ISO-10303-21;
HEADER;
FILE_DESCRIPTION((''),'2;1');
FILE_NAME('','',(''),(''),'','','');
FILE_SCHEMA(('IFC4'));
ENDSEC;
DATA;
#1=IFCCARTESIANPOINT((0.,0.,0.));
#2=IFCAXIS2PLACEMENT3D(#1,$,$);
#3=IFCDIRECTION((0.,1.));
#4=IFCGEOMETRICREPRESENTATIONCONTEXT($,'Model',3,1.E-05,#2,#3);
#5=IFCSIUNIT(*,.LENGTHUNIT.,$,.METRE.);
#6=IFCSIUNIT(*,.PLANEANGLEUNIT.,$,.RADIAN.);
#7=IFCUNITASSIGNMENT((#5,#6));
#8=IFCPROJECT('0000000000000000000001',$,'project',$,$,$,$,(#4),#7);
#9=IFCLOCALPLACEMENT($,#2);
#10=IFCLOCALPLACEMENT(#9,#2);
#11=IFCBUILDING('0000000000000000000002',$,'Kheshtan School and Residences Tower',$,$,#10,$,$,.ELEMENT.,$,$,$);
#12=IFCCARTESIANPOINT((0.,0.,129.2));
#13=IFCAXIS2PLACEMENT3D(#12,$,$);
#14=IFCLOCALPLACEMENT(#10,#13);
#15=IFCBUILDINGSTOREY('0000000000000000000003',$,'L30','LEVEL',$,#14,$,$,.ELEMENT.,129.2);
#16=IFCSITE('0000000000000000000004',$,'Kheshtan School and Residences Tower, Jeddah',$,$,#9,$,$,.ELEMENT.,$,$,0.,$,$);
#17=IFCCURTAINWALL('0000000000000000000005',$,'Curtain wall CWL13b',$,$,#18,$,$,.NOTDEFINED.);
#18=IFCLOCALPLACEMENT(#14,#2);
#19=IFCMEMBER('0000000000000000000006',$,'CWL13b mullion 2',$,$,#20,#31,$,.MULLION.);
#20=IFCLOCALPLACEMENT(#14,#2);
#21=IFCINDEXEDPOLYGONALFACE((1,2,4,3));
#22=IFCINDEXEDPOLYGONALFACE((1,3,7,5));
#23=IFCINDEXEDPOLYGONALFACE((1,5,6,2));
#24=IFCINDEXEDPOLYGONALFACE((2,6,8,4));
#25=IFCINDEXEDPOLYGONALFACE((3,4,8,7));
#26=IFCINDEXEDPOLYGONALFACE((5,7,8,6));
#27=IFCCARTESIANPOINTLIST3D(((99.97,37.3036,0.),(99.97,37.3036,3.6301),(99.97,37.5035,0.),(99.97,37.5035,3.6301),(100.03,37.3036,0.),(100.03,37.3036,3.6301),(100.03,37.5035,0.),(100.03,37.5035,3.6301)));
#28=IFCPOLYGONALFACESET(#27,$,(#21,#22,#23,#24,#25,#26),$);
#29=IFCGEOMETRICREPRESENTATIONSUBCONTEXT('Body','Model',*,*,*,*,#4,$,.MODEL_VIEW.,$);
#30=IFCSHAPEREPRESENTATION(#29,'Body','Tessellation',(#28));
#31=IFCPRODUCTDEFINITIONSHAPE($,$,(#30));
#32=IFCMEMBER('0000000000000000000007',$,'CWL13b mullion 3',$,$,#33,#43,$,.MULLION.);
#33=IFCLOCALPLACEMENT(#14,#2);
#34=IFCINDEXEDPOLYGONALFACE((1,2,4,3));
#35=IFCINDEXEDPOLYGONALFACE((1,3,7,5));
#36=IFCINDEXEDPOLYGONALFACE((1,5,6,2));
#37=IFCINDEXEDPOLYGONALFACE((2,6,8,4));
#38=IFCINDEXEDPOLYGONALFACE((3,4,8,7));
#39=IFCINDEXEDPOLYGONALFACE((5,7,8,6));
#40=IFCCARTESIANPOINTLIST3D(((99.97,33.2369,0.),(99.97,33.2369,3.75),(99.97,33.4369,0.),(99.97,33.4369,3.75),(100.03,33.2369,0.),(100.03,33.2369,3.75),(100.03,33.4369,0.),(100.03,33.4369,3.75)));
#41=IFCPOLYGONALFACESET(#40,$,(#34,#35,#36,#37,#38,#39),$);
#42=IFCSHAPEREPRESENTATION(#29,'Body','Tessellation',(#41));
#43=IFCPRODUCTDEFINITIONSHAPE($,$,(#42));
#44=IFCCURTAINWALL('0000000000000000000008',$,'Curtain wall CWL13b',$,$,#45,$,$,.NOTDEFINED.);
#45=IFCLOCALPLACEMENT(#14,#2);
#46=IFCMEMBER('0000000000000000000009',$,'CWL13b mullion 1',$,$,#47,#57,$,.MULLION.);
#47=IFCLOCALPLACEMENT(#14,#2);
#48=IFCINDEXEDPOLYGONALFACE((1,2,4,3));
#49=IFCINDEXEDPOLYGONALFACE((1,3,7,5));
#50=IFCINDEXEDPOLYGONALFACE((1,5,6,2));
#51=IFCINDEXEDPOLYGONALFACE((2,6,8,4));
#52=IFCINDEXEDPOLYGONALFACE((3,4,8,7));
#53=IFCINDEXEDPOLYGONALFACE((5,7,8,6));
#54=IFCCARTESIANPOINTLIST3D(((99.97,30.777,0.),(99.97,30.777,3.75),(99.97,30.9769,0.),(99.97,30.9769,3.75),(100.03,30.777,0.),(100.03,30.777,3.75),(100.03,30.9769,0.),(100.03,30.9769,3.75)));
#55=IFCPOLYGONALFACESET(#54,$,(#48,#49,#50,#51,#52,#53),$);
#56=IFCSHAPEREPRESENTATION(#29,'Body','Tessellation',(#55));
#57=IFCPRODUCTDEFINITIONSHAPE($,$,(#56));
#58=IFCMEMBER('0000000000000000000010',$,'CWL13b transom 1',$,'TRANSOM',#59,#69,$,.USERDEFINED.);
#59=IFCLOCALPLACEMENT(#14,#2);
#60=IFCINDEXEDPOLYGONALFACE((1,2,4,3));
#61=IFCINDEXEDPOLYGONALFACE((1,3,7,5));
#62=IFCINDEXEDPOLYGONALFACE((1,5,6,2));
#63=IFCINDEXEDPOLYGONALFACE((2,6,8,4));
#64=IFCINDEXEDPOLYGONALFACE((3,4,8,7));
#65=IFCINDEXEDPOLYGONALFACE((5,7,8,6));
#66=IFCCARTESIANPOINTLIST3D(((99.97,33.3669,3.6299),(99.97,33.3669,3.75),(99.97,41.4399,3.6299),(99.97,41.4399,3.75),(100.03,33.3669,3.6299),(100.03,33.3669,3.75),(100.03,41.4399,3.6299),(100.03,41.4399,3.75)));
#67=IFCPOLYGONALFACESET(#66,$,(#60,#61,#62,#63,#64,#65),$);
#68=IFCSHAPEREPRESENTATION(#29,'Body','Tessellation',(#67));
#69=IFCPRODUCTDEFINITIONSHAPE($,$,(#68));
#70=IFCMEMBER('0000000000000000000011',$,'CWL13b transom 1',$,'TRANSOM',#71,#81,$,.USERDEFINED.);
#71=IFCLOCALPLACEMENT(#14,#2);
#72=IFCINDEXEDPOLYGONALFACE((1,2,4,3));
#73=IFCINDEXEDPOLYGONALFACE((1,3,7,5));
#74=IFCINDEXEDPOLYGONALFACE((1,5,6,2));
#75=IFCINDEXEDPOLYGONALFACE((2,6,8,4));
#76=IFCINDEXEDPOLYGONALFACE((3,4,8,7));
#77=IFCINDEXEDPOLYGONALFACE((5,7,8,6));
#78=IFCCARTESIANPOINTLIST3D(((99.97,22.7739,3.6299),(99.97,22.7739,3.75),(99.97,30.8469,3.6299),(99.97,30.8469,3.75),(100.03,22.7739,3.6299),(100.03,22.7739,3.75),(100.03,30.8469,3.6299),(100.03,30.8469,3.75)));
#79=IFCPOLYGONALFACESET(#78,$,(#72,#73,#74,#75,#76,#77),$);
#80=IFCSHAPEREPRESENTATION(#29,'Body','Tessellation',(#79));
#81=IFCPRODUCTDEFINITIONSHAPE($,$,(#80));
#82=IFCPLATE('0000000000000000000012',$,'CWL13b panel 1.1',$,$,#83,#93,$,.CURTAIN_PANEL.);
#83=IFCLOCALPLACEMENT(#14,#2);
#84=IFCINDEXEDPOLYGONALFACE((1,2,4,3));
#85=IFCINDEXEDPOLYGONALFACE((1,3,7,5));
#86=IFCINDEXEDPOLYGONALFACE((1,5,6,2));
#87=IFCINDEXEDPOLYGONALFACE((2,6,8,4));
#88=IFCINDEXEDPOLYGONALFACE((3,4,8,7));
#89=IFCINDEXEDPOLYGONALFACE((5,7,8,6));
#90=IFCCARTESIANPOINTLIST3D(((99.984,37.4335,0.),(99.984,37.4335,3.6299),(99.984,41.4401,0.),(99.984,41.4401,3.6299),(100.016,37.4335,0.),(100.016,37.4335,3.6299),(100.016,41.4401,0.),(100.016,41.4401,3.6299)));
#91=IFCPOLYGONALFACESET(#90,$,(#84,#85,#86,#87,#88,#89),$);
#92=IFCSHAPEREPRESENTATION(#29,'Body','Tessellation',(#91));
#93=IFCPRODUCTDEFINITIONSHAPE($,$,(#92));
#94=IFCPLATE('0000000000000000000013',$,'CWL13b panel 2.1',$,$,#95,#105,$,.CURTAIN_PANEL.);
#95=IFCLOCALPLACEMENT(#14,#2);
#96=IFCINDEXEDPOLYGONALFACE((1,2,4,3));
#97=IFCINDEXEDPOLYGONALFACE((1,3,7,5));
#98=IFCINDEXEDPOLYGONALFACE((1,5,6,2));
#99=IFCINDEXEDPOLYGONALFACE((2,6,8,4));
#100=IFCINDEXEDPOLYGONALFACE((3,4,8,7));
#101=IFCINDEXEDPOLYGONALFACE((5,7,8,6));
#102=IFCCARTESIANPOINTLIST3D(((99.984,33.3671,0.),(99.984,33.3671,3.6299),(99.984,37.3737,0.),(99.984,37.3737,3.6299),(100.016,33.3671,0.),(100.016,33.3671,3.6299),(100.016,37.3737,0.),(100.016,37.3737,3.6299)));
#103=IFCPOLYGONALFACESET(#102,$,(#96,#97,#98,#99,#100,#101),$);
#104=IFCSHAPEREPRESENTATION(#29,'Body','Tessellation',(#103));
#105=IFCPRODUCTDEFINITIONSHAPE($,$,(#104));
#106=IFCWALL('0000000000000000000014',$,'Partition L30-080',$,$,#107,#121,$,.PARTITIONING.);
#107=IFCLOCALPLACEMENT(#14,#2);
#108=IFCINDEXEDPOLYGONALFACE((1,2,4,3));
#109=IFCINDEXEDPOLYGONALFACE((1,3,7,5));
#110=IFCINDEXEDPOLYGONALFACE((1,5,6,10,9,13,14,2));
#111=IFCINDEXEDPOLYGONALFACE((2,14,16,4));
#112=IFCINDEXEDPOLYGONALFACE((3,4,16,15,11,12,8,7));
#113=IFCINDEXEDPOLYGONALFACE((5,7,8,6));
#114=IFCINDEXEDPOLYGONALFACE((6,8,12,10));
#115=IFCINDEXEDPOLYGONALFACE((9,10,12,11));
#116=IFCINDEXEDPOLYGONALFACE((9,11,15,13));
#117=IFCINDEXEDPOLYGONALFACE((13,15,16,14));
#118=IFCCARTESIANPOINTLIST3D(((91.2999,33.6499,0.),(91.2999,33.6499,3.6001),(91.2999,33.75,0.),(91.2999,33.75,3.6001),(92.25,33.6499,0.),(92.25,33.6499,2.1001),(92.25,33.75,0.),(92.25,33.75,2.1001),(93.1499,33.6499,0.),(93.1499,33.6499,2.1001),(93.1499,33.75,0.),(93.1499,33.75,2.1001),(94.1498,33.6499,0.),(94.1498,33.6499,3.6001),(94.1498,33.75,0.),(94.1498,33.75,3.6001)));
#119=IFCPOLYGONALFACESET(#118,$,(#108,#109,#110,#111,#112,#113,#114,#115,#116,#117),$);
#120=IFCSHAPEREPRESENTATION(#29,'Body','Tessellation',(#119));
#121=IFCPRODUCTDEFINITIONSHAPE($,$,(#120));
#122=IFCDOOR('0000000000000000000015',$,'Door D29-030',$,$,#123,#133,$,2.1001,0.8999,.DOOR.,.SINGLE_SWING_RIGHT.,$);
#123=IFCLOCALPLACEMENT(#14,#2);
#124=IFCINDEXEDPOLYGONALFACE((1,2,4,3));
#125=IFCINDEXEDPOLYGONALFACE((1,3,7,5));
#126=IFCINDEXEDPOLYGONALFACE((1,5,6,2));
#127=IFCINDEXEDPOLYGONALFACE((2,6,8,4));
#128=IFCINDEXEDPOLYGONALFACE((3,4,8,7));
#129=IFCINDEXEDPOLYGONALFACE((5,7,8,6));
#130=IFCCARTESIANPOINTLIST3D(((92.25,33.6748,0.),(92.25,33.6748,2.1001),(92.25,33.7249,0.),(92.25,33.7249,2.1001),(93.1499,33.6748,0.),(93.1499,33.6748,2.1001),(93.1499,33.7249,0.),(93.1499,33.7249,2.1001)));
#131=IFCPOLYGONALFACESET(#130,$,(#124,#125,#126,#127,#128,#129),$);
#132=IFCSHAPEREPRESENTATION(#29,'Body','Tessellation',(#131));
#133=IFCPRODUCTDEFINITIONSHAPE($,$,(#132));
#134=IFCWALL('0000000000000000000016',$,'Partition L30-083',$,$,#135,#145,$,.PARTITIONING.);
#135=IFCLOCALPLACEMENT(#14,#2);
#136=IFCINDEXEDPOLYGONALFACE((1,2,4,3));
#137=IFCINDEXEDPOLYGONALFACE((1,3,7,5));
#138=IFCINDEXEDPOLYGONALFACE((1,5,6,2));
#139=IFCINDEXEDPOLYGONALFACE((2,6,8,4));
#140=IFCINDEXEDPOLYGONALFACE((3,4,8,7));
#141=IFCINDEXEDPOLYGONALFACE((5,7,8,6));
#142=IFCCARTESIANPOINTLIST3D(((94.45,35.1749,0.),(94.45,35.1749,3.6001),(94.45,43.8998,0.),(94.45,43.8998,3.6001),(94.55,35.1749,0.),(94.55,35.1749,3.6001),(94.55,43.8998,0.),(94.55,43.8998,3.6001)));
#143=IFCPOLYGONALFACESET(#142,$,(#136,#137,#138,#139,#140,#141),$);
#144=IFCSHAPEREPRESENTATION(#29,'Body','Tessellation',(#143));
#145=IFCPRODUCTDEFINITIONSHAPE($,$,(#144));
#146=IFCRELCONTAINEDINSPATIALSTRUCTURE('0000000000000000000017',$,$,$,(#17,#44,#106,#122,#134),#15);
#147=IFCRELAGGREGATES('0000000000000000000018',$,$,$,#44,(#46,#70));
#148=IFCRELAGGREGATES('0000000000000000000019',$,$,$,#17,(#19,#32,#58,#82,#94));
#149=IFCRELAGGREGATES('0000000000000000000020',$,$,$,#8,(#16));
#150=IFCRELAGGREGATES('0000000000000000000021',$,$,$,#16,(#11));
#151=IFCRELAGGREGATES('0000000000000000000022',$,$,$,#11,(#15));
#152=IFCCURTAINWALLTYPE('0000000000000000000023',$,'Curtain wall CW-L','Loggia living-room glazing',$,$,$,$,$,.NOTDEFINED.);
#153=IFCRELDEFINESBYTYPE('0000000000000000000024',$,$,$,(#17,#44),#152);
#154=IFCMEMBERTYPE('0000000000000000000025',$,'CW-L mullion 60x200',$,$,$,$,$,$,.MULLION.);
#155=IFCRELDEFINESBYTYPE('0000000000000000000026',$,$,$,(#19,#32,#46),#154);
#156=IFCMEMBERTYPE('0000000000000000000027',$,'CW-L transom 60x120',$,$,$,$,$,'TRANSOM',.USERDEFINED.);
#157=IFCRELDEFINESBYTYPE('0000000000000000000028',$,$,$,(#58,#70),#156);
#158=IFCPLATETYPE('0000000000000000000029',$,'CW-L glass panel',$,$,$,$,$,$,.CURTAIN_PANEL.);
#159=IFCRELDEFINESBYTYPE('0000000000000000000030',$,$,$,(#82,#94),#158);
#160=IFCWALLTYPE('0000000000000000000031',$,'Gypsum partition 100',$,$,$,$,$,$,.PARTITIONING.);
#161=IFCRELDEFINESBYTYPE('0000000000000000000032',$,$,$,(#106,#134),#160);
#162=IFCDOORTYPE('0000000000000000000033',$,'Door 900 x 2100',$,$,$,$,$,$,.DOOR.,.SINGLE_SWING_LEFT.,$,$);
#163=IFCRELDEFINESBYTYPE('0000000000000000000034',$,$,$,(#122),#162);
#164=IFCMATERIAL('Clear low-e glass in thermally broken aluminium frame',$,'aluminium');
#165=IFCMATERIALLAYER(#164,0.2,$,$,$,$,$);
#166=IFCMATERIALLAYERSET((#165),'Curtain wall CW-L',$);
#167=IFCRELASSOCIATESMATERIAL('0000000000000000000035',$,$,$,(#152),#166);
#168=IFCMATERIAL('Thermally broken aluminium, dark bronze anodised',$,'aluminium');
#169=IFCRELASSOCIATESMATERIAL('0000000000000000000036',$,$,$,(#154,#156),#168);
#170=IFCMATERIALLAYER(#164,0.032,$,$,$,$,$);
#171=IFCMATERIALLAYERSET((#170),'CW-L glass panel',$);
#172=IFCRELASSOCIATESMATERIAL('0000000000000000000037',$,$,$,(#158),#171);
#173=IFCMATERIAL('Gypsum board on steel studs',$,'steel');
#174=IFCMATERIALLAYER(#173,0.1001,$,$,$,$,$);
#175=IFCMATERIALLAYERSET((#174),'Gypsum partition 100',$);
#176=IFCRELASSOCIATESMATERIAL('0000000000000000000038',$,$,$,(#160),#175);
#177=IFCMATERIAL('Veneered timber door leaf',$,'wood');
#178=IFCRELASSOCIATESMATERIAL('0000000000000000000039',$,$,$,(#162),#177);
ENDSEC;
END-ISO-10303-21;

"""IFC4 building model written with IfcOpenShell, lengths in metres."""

from ifc_helpers import new_model, si_unit, direction, frame, frame_2d, origin, origin_2d, place, context, subcontext, project, spatial, rectangle, extrude, source, transform, mapped, material, layer, layer_set, material_profile, profile_set, type_object, element, fill, aggregate, save


model = new_model("IFC4")

# Units and contexts
model_context = context("Model", 3, precision=1e-05, world=origin(), true_north=direction((0.0, 1.0)))
body_context = subcontext(model_context, "Body", "Model", "MODEL_VIEW")
ifc_project = project(units=[si_unit("LENGTHUNIT", "METRE"), si_unit("PLANEANGLEUNIT", "RADIAN")], contexts=[model_context])

# Site, building, storey
site_placement = place(None, origin())
site = spatial("IfcSite", under=ifc_project, at=site_placement, Name="Kheshtan School and Residences Tower, Jeddah", CompositionType="ELEMENT", RefElevation=0.0)
building_placement = place(site_placement, origin())
building = spatial("IfcBuilding", under=site, at=building_placement, Name="Kheshtan School and Residences Tower", CompositionType="ELEMENT")
storey_placement = place(building_placement, frame((0.0, 0.0, 129.2)))
storey = spatial("IfcBuildingStorey", under=building, at=storey_placement, Name="L30", Description="LEVEL", CompositionType="ELEMENT", Elevation=129.2)

# Curtain wall, members
ifc_material_1 = material(Name="Clear low-e glass in thermally broken aluminium frame", Category="aluminium")
ifc_layer_1 = layer(ifc_material_1, 0.2)
ifc_layer_set_1 = layer_set([ifc_layer_1], Name="Curtain wall CW-L")
curtain_wall_type = type_object("IfcCurtainWallType", Name="Curtain wall CW-L", Description="Loggia living-room glazing", PredefinedType="NOTDEFINED", material=ifc_layer_set_1)
curtain_wall_1_placement = place(storey_placement, origin())
curtain_wall_1 = element("IfcCurtainWall", 1, at=curtain_wall_1_placement, inside=storey, type_object=curtain_wall_type, Name="Curtain wall CWL13b", PredefinedType="NOTDEFINED")
ifc_material_2 = material(Name="Thermally broken aluminium, dark bronze anodised", Category="aluminium")
ifc_material_profile_1 = material_profile(ifc_material_2, rectangle(XDim=0.0601, YDim=0.2, at=origin_2d()), Name="CW-L mullion 60x200")
ifc_profile_set_1 = profile_set([ifc_material_profile_1], Name="Thermally broken aluminium, dark bronze anodised")
member_type_1 = type_object("IfcMemberType", Name="CW-L mullion 60x200", PredefinedType="MULLION", material=ifc_profile_set_1)
member_1_placement = place(storey_placement, frame((100.0, 37.4036, 0.0), z_axis=(0.0, 0.0, 1.0), x_axis=(1.0, 0.0, 0.0)))
member_1 = element("IfcMember", 2, at=member_1_placement, type_object=member_type_1, Name="CWL13b mullion 2", PredefinedType="MULLION", context=body_context, shape_type="SweptSolid", body=[
    extrude(rectangle(XDim=0.0601, YDim=0.2, at=origin_2d()), origin(), (0.0, 0.0, 1.0), 3.6301),
])
member_2_placement = place(storey_placement, frame((100.0, 33.3369, 0.0), z_axis=(0.0, 0.0, 1.0), x_axis=(1.0, 0.0, 0.0)))
member_2 = element("IfcMember", 3, at=member_2_placement, type_object=member_type_1, Name="CWL13b mullion 3", PredefinedType="MULLION", context=body_context, shape_type="SweptSolid", body=[
    extrude(rectangle(XDim=0.0601, YDim=0.2, at=origin_2d()), origin(), (0.0, 0.0, 1.0), 3.75),
])

# Curtain wall, member
curtain_wall_2_placement = place(storey_placement, origin())
curtain_wall_2 = element("IfcCurtainWall", 4, at=curtain_wall_2_placement, inside=storey, type_object=curtain_wall_type, Name="Curtain wall CWL13b", PredefinedType="NOTDEFINED")
member_3_placement = place(storey_placement, frame((100.0, 30.877, 0.0), z_axis=(0.0, 0.0, 1.0), x_axis=(1.0, 0.0, 0.0)))
member_3 = element("IfcMember", 5, at=member_3_placement, type_object=member_type_1, Name="CWL13b mullion 1", PredefinedType="MULLION", context=body_context, shape_type="SweptSolid", body=[
    extrude(rectangle(XDim=0.0601, YDim=0.2, at=origin_2d()), origin(), (0.0, 0.0, 1.0), 3.75),
])

# Members
ifc_material_profile_2 = material_profile(ifc_material_2, rectangle(XDim=0.0601, YDim=0.1201, at=origin_2d()), Name="CW-L transom 60x120")
ifc_profile_set_2 = profile_set([ifc_material_profile_2], Name="Thermally broken aluminium, dark bronze anodised")
member_type_2 = type_object("IfcMemberType", Name="CW-L transom 60x120", ElementType="TRANSOM", PredefinedType="USERDEFINED", material=ifc_profile_set_2)
member_4_placement = place(storey_placement, frame((100.0, 41.4399, 3.6899), z_axis=(0.0, -1.0, 0.0), x_axis=(1.0, 0.0, 0.0)))
member_4 = element("IfcMember", 6, at=member_4_placement, type_object=member_type_2, Name="CWL13b transom 1", ObjectType="TRANSOM", PredefinedType="USERDEFINED", context=body_context, shape_type="SweptSolid", body=[
    extrude(rectangle(XDim=0.0601, YDim=0.1201, at=origin_2d()), origin(), (0.0, 0.0, 1.0), 8.073),
])
member_5_placement = place(storey_placement, frame((100.0, 30.8469, 3.6899), z_axis=(0.0, -1.0, 0.0), x_axis=(1.0, 0.0, 0.0)))
member_5 = element("IfcMember", 7, at=member_5_placement, type_object=member_type_2, Name="CWL13b transom 1", ObjectType="TRANSOM", PredefinedType="USERDEFINED", context=body_context, shape_type="SweptSolid", body=[
    extrude(rectangle(XDim=0.0601, YDim=0.1201, at=origin_2d()), origin(), (0.0, 0.0, 1.0), 8.073),
])
aggregate(curtain_wall_2, [member_3, member_5])

# Plates
ifc_layer_2 = layer(ifc_material_1, 0.032)
ifc_layer_set_2 = layer_set([ifc_layer_2], Name="CW-L glass panel")
plate_type = type_object("IfcPlateType", Name="CW-L glass panel", PredefinedType="CURTAIN_PANEL", material=ifc_layer_set_2)
plate_1_placement = place(storey_placement, frame((100.0, 39.4368, 0.0), z_axis=(0.0, 0.0, 1.0), x_axis=(0.0, -1.0, 0.0)))
plate_1 = element("IfcPlate", 8, at=plate_1_placement, type_object=plate_type, Name="CWL13b panel 1.1", PredefinedType="CURTAIN_PANEL", context=body_context, shape_type="SweptSolid", body=[
    extrude(rectangle(XDim=4.0066, YDim=0.032, at=origin_2d()), origin(), (0.0, 0.0, 1.0), 3.6299),
])
plate_2_placement = place(storey_placement, frame((100.0, 35.3704, 0.0), z_axis=(0.0, 0.0, 1.0), x_axis=(0.0, -1.0, 0.0)))
plate_2 = element("IfcPlate", 9, at=plate_2_placement, type_object=plate_type, Name="CWL13b panel 2.1", PredefinedType="CURTAIN_PANEL", context=body_context, shape_type="SweptSolid", body=[
    extrude(rectangle(XDim=4.0066, YDim=0.032, at=origin_2d()), origin(), (0.0, 0.0, 1.0), 3.6299),
])
aggregate(curtain_wall_1, [member_1, member_2, member_4, plate_1, plate_2])

# Wall, opening, door
ifc_material_3 = material(Name="Gypsum board on steel studs", Category="steel")
ifc_layer_3 = layer(ifc_material_3, 0.1001)
ifc_layer_set_3 = layer_set([ifc_layer_3], Name="Gypsum partition 100")
wall_type_1 = type_object("IfcWallType", Name="Gypsum partition 100", PredefinedType="PARTITIONING", material=ifc_layer_set_3)
wall_1_placement = place(storey_placement, frame((91.3, 33.7, 0.0), z_axis=(0.0, 0.0, 1.0), x_axis=(1.0, 0.0, 0.0)))
wall_1 = element("IfcWall", 10, at=wall_1_placement, inside=storey, type_object=wall_type_1, Name="Partition L30-080", PredefinedType="PARTITIONING", context=body_context, shape_type="SweptSolid", body=[
    extrude(rectangle(XDim=2.8499, YDim=0.1001, at=frame_2d((1.4248, 0.0))), origin(), (0.0, 0.0, 1.0), 3.6001),
])
opening_1_placement = place(wall_1_placement, frame((0.95, 0.0, 0.0)))
opening_1 = element("IfcOpeningElement", 11, at=opening_1_placement, cuts=wall_1, PredefinedType="OPENING", context=body_context, shape_type="SweptSolid", body=[
    extrude(rectangle(XDim=0.8999, YDim=2.1001, at=frame_2d((0.45, 1.05))), frame((0.0, 0.0601, 0.0), z_axis=(0.0, -1.0, 0.0), x_axis=(1.0, 0.0, 0.0)), (0.0, 0.0, 1.0), 0.1201),
])
ifc_material_4 = material(Name="Veneered timber door leaf", Category="wood")
door_type_1 = type_object("IfcDoorType", Name="Door 900 x 2100", OperationType="SINGLE_SWING_LEFT", PredefinedType="DOOR", material=ifc_material_4)
shared_shape_1 = source(origin(), body_context, "Body", "SweptSolid", [
    extrude(rectangle(XDim=0.8999, YDim=2.1001, at=frame_2d((0.45, 1.05))), frame((0.0, 0.0249, 0.0), z_axis=(0.0, -1.0, 0.0), x_axis=(1.0, 0.0, 0.0)), (0.0, 0.0, 1.0), 0.05),
])
door_1_placement = place(opening_1_placement, origin())
door_1 = element("IfcDoor", 12, at=door_1_placement, inside=storey, type_object=door_type_1, Name="Door D29-030", OperationType="SINGLE_SWING_RIGHT", OverallHeight=2.1001, OverallWidth=0.8999, PredefinedType="DOOR", context=body_context, shape_type="MappedRepresentation", body=[
    mapped(shared_shape_1, transform((0.0, 0.0, 0.0), x_axis=(1.0, 0.0, 0.0), y_axis=(0.0, 1.0, 0.0), z_axis=(0.0, 0.0, 1.0), scale=1.0)),
])
fill(opening_1, door_1)

# Wall
wall_2_placement = place(storey_placement, frame((94.5, 35.175, 0.0), z_axis=(0.0, 0.0, 1.0), x_axis=(0.0, 1.0, 0.0)))
element("IfcWall", 13, at=wall_2_placement, inside=storey, type_object=wall_type_1, Name="Partition L30-083", PredefinedType="PARTITIONING", context=body_context, shape_type="SweptSolid", body=[
    extrude(rectangle(XDim=8.7249, YDim=0.1001, at=frame_2d((4.3623, 0.0))), origin(), (0.0, 0.0, 1.0), 3.6001),
])

save(model, "model.ifc")
